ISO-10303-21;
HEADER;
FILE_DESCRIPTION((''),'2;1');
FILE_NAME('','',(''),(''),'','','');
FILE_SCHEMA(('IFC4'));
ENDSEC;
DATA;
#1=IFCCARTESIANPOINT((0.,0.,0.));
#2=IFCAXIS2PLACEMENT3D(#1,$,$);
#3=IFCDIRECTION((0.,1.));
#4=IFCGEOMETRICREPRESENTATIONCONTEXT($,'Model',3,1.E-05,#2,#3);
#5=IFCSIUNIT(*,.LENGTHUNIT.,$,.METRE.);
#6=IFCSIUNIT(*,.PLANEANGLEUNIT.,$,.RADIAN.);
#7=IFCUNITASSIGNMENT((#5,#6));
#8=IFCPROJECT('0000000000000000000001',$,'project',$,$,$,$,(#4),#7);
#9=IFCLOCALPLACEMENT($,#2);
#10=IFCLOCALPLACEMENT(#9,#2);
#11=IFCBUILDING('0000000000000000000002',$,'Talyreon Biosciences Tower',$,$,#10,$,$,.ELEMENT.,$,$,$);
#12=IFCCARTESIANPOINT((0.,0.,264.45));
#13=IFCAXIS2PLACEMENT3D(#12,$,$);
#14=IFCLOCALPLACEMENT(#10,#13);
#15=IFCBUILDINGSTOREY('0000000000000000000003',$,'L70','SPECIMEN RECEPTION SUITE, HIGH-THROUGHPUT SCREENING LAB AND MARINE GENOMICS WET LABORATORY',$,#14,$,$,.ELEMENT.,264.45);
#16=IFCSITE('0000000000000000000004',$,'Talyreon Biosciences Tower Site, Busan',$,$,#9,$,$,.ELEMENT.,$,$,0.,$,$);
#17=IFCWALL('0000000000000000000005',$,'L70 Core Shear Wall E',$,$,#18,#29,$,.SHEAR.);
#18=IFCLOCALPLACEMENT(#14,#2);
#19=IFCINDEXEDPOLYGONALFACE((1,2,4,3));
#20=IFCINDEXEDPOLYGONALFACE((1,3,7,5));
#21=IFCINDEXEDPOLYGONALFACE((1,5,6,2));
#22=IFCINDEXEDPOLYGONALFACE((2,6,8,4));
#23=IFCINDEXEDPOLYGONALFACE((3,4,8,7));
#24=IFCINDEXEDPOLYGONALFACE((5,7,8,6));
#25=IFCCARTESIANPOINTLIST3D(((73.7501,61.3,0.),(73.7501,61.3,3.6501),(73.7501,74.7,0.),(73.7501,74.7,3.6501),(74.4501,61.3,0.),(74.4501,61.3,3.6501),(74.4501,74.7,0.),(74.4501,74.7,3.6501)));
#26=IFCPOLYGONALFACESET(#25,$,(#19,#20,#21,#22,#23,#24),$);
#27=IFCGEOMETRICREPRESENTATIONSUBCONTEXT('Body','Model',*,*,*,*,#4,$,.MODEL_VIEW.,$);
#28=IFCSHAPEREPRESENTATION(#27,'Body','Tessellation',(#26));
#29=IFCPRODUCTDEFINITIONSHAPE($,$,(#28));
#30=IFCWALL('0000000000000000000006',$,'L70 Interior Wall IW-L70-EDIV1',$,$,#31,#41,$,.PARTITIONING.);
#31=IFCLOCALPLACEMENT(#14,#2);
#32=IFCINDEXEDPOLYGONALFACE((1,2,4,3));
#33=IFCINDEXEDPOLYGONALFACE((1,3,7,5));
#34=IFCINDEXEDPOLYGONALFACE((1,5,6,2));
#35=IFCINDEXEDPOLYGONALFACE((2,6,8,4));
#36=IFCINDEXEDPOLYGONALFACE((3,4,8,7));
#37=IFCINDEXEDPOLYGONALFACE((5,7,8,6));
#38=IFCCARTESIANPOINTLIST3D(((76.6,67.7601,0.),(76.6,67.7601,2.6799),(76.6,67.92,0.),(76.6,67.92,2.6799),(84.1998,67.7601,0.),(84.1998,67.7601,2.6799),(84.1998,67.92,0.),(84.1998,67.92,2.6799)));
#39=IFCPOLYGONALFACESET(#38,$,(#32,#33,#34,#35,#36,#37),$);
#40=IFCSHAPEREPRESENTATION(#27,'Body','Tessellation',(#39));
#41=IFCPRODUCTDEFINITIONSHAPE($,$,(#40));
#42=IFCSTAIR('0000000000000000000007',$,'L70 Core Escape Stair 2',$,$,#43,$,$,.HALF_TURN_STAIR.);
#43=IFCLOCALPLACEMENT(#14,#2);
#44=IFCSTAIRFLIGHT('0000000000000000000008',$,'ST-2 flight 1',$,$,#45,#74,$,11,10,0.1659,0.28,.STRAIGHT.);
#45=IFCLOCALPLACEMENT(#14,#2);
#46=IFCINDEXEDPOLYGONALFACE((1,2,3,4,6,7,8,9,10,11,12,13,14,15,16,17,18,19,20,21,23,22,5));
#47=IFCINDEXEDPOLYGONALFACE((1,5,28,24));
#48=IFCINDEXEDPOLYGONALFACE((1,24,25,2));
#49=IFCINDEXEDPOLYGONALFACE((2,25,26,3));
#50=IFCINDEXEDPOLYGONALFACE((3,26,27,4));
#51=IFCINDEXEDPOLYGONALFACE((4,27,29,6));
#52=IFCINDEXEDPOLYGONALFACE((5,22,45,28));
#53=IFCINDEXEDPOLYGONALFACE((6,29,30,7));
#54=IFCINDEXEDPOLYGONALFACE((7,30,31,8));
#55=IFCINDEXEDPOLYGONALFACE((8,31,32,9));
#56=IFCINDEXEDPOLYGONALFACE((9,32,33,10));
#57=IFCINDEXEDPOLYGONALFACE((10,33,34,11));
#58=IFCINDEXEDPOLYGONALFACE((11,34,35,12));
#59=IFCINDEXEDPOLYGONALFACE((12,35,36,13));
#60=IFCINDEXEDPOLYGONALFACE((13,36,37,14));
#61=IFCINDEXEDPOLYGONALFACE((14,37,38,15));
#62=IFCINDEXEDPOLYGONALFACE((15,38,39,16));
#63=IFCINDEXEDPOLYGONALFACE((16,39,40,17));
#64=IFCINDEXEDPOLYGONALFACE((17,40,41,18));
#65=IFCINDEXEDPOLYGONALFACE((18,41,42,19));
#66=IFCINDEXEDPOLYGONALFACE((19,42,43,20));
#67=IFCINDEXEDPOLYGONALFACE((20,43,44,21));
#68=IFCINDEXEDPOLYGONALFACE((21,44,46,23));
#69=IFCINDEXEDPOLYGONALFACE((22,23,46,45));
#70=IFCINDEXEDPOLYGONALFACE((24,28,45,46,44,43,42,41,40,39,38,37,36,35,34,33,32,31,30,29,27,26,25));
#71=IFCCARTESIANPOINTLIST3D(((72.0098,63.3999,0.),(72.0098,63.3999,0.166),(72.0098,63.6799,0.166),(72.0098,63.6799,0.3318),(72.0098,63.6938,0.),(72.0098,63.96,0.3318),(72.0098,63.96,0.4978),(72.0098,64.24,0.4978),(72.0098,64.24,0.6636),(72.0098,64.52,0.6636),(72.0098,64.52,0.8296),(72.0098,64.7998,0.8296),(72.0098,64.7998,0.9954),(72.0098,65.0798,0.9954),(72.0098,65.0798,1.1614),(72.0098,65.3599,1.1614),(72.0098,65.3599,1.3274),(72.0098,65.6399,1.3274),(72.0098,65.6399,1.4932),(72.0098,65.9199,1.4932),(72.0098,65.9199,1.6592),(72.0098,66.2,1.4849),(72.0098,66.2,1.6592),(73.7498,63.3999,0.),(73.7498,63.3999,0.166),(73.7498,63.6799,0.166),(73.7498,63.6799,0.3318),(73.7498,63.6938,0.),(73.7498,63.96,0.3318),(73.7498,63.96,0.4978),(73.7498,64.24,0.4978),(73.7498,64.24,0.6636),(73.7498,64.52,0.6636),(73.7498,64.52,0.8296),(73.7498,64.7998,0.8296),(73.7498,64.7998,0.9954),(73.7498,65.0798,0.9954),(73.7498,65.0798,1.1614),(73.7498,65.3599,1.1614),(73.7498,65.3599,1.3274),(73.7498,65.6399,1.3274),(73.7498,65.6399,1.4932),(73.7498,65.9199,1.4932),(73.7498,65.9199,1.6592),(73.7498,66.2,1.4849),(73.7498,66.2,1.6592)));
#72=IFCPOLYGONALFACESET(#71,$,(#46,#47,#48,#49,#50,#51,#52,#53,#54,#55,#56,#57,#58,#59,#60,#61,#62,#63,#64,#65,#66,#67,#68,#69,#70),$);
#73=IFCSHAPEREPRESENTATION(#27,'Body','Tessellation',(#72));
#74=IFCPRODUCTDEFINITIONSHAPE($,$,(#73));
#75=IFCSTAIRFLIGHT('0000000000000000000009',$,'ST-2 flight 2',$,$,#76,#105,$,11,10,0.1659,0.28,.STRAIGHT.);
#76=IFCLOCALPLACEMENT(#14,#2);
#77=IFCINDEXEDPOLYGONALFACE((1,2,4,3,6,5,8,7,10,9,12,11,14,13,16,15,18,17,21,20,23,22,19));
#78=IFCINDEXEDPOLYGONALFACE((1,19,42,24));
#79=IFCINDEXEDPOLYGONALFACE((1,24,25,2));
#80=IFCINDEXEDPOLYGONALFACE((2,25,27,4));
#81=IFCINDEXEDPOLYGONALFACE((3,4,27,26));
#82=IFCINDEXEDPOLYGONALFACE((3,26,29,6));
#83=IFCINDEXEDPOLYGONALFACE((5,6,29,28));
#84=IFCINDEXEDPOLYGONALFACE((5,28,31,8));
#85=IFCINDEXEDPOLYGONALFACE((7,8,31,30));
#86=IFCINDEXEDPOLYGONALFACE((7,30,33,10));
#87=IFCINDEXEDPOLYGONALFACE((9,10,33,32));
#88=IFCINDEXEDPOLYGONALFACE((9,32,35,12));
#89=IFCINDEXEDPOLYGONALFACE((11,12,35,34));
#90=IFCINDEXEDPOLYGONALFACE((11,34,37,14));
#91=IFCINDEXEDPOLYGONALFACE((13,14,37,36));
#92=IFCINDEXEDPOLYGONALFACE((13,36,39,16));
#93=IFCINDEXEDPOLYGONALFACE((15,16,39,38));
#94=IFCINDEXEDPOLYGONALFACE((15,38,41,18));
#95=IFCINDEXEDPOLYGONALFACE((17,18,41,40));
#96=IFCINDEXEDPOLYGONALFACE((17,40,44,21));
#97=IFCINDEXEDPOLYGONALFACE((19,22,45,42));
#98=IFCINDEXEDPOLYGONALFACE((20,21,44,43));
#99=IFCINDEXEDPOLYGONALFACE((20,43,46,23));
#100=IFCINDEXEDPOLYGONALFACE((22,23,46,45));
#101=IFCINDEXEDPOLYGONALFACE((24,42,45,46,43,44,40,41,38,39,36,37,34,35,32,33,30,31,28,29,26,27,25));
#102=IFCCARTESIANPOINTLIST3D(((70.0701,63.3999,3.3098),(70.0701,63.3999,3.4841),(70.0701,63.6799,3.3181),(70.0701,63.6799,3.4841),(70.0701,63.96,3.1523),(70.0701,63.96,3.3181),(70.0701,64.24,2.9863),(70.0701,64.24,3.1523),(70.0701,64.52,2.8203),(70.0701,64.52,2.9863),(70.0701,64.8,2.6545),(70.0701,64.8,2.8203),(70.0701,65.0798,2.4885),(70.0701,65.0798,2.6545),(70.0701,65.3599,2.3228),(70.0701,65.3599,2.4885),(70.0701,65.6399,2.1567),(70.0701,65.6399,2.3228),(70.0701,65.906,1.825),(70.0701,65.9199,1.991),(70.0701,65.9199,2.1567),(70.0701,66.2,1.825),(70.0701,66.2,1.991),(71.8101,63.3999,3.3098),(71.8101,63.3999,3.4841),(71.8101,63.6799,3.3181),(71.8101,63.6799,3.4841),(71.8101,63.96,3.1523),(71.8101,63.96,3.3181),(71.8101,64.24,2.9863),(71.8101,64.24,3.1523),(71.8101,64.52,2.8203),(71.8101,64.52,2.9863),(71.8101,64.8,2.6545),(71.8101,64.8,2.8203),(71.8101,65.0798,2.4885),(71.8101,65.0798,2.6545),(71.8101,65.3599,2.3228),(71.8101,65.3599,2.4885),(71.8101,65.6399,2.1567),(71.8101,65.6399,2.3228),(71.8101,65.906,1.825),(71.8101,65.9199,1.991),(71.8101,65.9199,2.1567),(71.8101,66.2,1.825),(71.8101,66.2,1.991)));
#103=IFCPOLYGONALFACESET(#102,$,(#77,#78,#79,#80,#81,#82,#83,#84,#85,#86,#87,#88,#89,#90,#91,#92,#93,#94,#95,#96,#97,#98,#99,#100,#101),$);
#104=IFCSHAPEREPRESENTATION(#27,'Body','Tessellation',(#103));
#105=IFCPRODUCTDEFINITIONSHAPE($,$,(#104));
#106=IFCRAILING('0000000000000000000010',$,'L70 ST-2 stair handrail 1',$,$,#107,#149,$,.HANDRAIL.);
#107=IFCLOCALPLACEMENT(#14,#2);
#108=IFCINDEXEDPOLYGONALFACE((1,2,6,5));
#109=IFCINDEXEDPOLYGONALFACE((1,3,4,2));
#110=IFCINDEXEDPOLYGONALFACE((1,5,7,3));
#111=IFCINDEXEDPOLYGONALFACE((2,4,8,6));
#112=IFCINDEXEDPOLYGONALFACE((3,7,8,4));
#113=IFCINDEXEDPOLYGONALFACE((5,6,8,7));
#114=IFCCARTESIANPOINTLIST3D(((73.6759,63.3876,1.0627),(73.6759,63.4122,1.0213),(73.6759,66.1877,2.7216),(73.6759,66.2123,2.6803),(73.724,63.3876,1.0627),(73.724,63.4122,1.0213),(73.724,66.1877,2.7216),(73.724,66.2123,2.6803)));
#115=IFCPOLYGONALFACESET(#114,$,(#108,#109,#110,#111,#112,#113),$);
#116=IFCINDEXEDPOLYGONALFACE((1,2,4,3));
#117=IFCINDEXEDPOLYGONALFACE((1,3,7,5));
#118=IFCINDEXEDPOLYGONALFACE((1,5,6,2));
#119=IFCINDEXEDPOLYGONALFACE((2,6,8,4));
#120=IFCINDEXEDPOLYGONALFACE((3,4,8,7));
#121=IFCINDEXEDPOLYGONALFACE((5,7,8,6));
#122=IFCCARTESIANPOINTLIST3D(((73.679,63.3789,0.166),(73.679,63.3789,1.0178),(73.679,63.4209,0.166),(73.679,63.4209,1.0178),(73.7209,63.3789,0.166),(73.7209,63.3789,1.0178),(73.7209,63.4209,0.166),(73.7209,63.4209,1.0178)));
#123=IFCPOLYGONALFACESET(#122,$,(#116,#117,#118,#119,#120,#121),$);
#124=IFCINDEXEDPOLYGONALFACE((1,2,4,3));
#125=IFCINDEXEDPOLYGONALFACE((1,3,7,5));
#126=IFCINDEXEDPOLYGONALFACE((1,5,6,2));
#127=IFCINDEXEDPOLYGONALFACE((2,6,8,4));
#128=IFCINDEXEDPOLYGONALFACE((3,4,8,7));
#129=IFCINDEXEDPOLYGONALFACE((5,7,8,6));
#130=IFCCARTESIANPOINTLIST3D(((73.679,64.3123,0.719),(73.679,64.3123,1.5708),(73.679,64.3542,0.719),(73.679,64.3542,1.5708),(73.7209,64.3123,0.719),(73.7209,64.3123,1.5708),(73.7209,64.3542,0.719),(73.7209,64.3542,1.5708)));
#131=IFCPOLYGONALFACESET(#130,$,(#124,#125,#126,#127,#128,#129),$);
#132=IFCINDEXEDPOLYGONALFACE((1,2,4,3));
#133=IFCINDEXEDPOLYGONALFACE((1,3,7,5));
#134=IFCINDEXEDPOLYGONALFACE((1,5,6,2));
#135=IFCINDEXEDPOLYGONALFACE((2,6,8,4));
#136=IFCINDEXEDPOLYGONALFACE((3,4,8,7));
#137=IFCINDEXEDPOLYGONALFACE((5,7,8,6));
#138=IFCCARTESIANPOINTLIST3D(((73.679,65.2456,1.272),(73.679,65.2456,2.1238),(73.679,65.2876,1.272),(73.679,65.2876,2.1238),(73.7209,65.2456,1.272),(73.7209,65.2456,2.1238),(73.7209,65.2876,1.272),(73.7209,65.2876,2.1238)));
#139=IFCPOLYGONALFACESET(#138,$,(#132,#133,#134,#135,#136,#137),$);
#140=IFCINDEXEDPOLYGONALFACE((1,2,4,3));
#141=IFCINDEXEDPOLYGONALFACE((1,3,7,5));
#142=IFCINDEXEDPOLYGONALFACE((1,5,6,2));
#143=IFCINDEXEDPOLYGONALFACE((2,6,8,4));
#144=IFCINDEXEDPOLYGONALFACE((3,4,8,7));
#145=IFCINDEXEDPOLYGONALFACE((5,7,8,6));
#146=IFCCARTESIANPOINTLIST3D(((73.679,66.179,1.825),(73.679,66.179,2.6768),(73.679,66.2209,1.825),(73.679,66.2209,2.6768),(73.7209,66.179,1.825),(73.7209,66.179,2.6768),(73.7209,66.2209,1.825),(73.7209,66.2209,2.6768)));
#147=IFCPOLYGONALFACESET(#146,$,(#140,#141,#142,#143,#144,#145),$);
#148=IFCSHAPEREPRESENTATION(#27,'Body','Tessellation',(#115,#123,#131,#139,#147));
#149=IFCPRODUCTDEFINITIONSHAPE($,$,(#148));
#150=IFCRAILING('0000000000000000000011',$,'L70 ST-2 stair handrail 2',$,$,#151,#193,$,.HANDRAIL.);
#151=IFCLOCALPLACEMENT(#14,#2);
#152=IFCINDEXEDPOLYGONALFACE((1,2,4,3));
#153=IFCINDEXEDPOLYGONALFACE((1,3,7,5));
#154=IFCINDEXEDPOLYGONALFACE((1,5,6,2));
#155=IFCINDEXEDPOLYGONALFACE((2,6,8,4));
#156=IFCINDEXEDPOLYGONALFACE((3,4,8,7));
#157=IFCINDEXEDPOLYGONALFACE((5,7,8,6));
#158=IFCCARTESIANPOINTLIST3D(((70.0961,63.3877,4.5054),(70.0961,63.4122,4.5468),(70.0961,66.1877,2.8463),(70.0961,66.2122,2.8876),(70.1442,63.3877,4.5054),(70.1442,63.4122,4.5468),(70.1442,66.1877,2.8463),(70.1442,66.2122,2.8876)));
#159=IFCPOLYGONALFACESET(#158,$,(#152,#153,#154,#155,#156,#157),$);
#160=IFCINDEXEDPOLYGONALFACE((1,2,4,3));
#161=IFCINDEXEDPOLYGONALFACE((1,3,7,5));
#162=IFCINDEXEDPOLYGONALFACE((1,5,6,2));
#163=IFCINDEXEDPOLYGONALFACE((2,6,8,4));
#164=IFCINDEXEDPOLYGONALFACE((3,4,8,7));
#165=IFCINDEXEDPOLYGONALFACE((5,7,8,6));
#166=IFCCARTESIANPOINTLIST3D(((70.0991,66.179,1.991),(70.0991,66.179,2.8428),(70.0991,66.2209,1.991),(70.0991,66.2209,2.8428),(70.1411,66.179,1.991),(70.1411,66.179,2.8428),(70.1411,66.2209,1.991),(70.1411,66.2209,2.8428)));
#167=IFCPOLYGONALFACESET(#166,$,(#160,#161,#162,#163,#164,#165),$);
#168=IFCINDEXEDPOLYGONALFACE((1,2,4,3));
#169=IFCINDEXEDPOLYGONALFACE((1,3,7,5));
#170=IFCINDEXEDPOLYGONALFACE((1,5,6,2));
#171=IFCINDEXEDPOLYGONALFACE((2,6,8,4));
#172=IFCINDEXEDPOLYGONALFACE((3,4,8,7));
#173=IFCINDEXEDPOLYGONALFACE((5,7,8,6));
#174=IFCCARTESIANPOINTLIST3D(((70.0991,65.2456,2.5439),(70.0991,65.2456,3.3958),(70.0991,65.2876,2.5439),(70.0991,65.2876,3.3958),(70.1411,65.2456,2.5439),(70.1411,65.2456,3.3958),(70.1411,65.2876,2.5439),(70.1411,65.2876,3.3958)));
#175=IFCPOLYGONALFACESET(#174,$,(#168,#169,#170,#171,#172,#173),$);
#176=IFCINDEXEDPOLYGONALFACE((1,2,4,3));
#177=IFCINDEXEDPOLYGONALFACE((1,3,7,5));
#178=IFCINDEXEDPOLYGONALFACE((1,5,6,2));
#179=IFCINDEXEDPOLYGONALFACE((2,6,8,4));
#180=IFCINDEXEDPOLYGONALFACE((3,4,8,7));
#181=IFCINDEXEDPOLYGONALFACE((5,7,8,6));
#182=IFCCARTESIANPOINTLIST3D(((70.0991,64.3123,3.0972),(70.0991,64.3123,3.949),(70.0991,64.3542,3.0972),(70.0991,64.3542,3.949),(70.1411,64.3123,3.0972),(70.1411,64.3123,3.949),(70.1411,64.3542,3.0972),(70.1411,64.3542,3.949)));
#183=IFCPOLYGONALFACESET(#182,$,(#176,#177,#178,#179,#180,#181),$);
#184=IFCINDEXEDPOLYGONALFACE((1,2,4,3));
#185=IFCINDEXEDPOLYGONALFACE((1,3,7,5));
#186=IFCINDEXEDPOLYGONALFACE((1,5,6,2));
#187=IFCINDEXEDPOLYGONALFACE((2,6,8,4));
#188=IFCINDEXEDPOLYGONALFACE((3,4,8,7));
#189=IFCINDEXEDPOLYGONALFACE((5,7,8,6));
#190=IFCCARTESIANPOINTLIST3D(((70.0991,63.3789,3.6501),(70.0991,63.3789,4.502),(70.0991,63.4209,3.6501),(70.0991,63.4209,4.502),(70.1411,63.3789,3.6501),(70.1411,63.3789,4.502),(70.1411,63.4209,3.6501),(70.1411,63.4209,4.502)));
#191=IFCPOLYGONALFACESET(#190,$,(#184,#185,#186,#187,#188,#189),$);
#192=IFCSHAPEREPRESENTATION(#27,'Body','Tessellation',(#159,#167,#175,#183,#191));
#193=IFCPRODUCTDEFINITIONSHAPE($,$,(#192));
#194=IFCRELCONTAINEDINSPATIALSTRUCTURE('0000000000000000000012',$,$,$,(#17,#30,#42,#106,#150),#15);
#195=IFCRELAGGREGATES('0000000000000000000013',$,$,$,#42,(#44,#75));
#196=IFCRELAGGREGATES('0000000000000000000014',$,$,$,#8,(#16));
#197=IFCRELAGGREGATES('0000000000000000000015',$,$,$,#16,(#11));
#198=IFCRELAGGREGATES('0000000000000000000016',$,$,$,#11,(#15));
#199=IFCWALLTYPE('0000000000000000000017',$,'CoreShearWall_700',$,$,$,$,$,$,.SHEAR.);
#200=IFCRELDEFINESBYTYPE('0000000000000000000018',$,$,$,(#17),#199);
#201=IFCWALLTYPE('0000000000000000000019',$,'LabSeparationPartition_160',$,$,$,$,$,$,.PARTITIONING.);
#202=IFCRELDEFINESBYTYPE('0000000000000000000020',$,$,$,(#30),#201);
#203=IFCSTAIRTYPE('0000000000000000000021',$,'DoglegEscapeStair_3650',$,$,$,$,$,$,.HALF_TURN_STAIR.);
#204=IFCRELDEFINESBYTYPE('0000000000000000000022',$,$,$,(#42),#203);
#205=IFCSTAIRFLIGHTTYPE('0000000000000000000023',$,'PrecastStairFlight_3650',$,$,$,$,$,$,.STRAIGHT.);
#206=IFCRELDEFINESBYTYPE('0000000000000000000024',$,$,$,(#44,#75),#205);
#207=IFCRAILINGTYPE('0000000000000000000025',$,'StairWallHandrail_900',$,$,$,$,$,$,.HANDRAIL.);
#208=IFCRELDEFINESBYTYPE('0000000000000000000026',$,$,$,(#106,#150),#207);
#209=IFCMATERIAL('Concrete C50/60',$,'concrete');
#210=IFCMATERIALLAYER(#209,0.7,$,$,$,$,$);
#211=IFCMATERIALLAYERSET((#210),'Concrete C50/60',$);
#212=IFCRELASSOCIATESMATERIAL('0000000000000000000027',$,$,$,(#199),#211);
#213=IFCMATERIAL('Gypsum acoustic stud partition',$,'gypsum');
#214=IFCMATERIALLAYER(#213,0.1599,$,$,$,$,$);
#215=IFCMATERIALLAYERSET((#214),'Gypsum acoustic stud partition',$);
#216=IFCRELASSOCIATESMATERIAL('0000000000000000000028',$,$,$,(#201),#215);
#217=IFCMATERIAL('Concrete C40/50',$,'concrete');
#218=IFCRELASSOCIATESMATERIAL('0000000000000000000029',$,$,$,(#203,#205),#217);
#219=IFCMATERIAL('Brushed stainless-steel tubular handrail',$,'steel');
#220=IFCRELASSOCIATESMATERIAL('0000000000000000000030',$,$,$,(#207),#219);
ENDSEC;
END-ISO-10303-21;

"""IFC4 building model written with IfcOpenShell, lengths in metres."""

from ifc_helpers import new_model, si_unit, direction, frame, frame_2d, origin, origin_2d, place, context, subcontext, project, spatial, polyline, rectangle, outline, extrude, material, layer, layer_set, type_object, element, aggregate, save


model = new_model("IFC4")

# Units and contexts
model_context = context("Model", 3, precision=1e-05, world=origin(), true_north=direction((0.0, 1.0)))
body_context = subcontext(model_context, "Body", "Model", "MODEL_VIEW")
ifc_project = project(units=[si_unit("LENGTHUNIT", "METRE"), si_unit("PLANEANGLEUNIT", "RADIAN")], contexts=[model_context])

# Site, building, storey
site_placement = place(None, origin())
site = spatial("IfcSite", under=ifc_project, at=site_placement, Name="Talyreon Biosciences Tower Site, Busan", CompositionType="ELEMENT", RefElevation=0.0)
building_placement = place(site_placement, origin())
building = spatial("IfcBuilding", under=site, at=building_placement, Name="Talyreon Biosciences Tower", CompositionType="ELEMENT")
storey_placement = place(building_placement, frame((0.0, 0.0, 264.45)))
storey = spatial("IfcBuildingStorey", under=building, at=storey_placement, Name="L70", Description="SPECIMEN RECEPTION SUITE, HIGH-THROUGHPUT SCREENING LAB AND MARINE GENOMICS WET LABORATORY", CompositionType="ELEMENT", Elevation=264.45)

# Shared definitions
ifc_material_1 = material(Name="Concrete C50/60", Category="concrete")

# Walls
ifc_layer_1 = layer(ifc_material_1, 0.7)
ifc_layer_set_1 = layer_set([ifc_layer_1], Name="Concrete C50/60")
wall_type_1 = type_object("IfcWallType", Name="CoreShearWall_700", PredefinedType="SHEAR", material=ifc_layer_set_1)
wall_1_placement = place(storey_placement, frame((74.1001, 61.3, 0.0), z_axis=(0.0, 0.0, 1.0), x_axis=(0.0, 1.0, 0.0)))
element("IfcWall", 1, at=wall_1_placement, inside=storey, type_object=wall_type_1, Name="L70 Core Shear Wall E", PredefinedType="SHEAR", context=body_context, shape_type="SweptSolid", body=[
    extrude(rectangle(XDim=13.3999, YDim=0.7, at=frame_2d((6.7, 0.0))), origin(), (0.0, 0.0, 1.0), 3.6501),
])
ifc_material_2 = material(Name="Gypsum acoustic stud partition", Category="gypsum")
ifc_layer_2 = layer(ifc_material_2, 0.1599)
ifc_layer_set_2 = layer_set([ifc_layer_2], Name="Gypsum acoustic stud partition")
wall_type_2 = type_object("IfcWallType", Name="LabSeparationPartition_160", PredefinedType="PARTITIONING", material=ifc_layer_set_2)
wall_2_placement = place(storey_placement, frame((76.6001, 67.8401, 0.0), z_axis=(0.0, 0.0, 1.0), x_axis=(1.0, 0.0, 0.0)))
element("IfcWall", 2, at=wall_2_placement, inside=storey, type_object=wall_type_2, Name="L70 Interior Wall IW-L70-EDIV1", PredefinedType="PARTITIONING", context=body_context, shape_type="SweptSolid", body=[
    extrude(rectangle(XDim=7.5999, YDim=0.1599, at=frame_2d((3.7998, 0.0))), origin(), (0.0, 0.0, 1.0), 2.6799),
])

# Stair, stair flights
ifc_material_3 = material(Name="Concrete C40/50", Category="concrete")
stair_type = type_object("IfcStairType", Name="DoglegEscapeStair_3650", PredefinedType="HALF_TURN_STAIR", material=ifc_material_3)
stair_placement = place(storey_placement, origin())
stair = element("IfcStair", 3, at=stair_placement, inside=storey, type_object=stair_type, Name="L70 Core Escape Stair 2", PredefinedType="HALF_TURN_STAIR")
stair_flight_type = type_object("IfcStairFlightType", Name="PrecastStairFlight_3650", PredefinedType="STRAIGHT", material=ifc_material_3)
stair_flight_1_placement = place(storey_placement, frame((72.8799, 63.3999, 0.0), z_axis=(0.0, 0.0, 1.0), x_axis=(0.0, 1.0, 0.0)))
stair_flight_1 = element("IfcStairFlight", 4, at=stair_flight_1_placement, type_object=stair_flight_type, Name="ST-2 flight 1", NumberOfRisers=11, NumberOfTreads=10, PredefinedType="STRAIGHT", RiserHeight=0.1659, TreadLength=0.28, context=body_context, shape_type="SweptSolid", body=[
    extrude(outline(polyline([(0.0, 0.0), (0.0, 0.166), (0.28, 0.166), (0.28, 0.3318), (0.5601, 0.3318), (0.5601, 0.4978), (0.8401, 0.4978), (0.8401, 0.6636), (1.1201, 0.6636), (1.1201, 0.8296), (1.3999, 0.8296), (1.3999, 0.9954), (1.6799, 0.9954), (1.6799, 1.1614), (1.96, 1.1614), (1.96, 1.3274), (2.24, 1.3274), (2.24, 1.4932), (2.52, 1.4932), (2.52, 1.6592), (2.8, 1.6592), (2.8, 1.825), (2.8, 1.4849), (0.2939, 0.0), (0.0, 0.0)])), frame((0.0, 0.8701, 0.0), z_axis=(0.0, -1.0, 0.0), x_axis=(1.0, 0.0, 0.0)), (0.0, 0.0, 1.0), 1.74),
])
stair_flight_2_placement = place(storey_placement, frame((70.9399, 66.2, 1.825), z_axis=(0.0, 0.0, 1.0), x_axis=(0.0, -1.0, 0.0)))
stair_flight_2 = element("IfcStairFlight", 5, at=stair_flight_2_placement, type_object=stair_flight_type, Name="ST-2 flight 2", NumberOfRisers=11, NumberOfTreads=10, PredefinedType="STRAIGHT", RiserHeight=0.1659, TreadLength=0.28, context=body_context, shape_type="SweptSolid", body=[
    extrude(outline(polyline([(0.0, 0.0), (0.0, 0.166), (0.28, 0.166), (0.28, 0.3318), (0.5601, 0.3318), (0.5601, 0.4978), (0.8401, 0.4978), (0.8401, 0.6636), (1.1201, 0.6636), (1.1201, 0.8296), (1.3999, 0.8296), (1.3999, 0.9954), (1.6799, 0.9954), (1.6799, 1.1614), (1.96, 1.1614), (1.96, 1.3274), (2.24, 1.3274), (2.24, 1.4932), (2.52, 1.4932), (2.52, 1.6592), (2.8, 1.6592), (2.8, 1.825), (2.8, 1.4849), (0.2939, 0.0), (0.0, 0.0)])), frame((0.0, 0.8701, 0.0), z_axis=(0.0, -1.0, 0.0), x_axis=(1.0, 0.0, 0.0)), (0.0, 0.0, 1.0), 1.74),
])
aggregate(stair, [stair_flight_1, stair_flight_2])

# Railings
ifc_material_4 = material(Name="Brushed stainless-steel tubular handrail", Category="steel")
railing_type_1 = type_object("IfcRailingType", Name="StairWallHandrail_900", PredefinedType="HANDRAIL", material=ifc_material_4)
railing_1_placement = place(storey_placement, frame((73.7, 63.3999, 0.166)))
element("IfcRailing", 6, at=railing_1_placement, inside=storey, type_object=railing_type_1, Name="L70 ST-2 stair handrail 1", PredefinedType="HANDRAIL", context=body_context, shape_type="SweptSolid", body=[
    extrude(rectangle(XDim=0.0481, YDim=0.0481, at=origin_2d()), frame((0.0, 0.0, 0.876), z_axis=(0.0, 0.860339, 0.509722), x_axis=(-1.0, 0.0, 0.0)), (0.0, 0.0, 1.0), 3.2546),
    extrude(rectangle(XDim=0.042, YDim=0.042, at=origin_2d()), origin(), (0.0, 0.0, 1.0), 0.8518),
    extrude(rectangle(XDim=0.042, YDim=0.042, at=origin_2d()), frame((0.0, 0.9333, 0.553)), (0.0, 0.0, 1.0), 0.8518),
    extrude(rectangle(XDim=0.042, YDim=0.042, at=origin_2d()), frame((0.0, 1.8667, 1.106)), (0.0, 0.0, 1.0), 0.8518),
    extrude(rectangle(XDim=0.042, YDim=0.042, at=origin_2d()), frame((0.0, 2.8, 1.6589)), (0.0, 0.0, 1.0), 0.8518),
])
railing_2_placement = place(storey_placement, frame((70.1201, 66.2, 1.991)))
element("IfcRailing", 7, at=railing_2_placement, inside=storey, type_object=railing_type_1, Name="L70 ST-2 stair handrail 2", PredefinedType="HANDRAIL", context=body_context, shape_type="SweptSolid", body=[
    extrude(rectangle(XDim=0.0481, YDim=0.0481, at=origin_2d()), frame((0.0, 0.0, 0.876), z_axis=(0.0, -0.860306, 0.509778), x_axis=(1.0, 0.0, 0.0)), (0.0, 0.0, 1.0), 3.2546),
    extrude(rectangle(XDim=0.042, YDim=0.042, at=origin_2d()), origin(), (0.0, 0.0, 1.0), 0.8518),
    extrude(rectangle(XDim=0.042, YDim=0.042, at=origin_2d()), frame((0.0, -0.9333, 0.553)), (0.0, 0.0, 1.0), 0.8518),
    extrude(rectangle(XDim=0.042, YDim=0.042, at=origin_2d()), frame((0.0, -1.8667, 1.1062)), (0.0, 0.0, 1.0), 0.8518),
    extrude(rectangle(XDim=0.042, YDim=0.042, at=origin_2d()), frame((0.0, -2.8, 1.6592)), (0.0, 0.0, 1.0), 0.8518),
])

save(model, "model.ifc")
